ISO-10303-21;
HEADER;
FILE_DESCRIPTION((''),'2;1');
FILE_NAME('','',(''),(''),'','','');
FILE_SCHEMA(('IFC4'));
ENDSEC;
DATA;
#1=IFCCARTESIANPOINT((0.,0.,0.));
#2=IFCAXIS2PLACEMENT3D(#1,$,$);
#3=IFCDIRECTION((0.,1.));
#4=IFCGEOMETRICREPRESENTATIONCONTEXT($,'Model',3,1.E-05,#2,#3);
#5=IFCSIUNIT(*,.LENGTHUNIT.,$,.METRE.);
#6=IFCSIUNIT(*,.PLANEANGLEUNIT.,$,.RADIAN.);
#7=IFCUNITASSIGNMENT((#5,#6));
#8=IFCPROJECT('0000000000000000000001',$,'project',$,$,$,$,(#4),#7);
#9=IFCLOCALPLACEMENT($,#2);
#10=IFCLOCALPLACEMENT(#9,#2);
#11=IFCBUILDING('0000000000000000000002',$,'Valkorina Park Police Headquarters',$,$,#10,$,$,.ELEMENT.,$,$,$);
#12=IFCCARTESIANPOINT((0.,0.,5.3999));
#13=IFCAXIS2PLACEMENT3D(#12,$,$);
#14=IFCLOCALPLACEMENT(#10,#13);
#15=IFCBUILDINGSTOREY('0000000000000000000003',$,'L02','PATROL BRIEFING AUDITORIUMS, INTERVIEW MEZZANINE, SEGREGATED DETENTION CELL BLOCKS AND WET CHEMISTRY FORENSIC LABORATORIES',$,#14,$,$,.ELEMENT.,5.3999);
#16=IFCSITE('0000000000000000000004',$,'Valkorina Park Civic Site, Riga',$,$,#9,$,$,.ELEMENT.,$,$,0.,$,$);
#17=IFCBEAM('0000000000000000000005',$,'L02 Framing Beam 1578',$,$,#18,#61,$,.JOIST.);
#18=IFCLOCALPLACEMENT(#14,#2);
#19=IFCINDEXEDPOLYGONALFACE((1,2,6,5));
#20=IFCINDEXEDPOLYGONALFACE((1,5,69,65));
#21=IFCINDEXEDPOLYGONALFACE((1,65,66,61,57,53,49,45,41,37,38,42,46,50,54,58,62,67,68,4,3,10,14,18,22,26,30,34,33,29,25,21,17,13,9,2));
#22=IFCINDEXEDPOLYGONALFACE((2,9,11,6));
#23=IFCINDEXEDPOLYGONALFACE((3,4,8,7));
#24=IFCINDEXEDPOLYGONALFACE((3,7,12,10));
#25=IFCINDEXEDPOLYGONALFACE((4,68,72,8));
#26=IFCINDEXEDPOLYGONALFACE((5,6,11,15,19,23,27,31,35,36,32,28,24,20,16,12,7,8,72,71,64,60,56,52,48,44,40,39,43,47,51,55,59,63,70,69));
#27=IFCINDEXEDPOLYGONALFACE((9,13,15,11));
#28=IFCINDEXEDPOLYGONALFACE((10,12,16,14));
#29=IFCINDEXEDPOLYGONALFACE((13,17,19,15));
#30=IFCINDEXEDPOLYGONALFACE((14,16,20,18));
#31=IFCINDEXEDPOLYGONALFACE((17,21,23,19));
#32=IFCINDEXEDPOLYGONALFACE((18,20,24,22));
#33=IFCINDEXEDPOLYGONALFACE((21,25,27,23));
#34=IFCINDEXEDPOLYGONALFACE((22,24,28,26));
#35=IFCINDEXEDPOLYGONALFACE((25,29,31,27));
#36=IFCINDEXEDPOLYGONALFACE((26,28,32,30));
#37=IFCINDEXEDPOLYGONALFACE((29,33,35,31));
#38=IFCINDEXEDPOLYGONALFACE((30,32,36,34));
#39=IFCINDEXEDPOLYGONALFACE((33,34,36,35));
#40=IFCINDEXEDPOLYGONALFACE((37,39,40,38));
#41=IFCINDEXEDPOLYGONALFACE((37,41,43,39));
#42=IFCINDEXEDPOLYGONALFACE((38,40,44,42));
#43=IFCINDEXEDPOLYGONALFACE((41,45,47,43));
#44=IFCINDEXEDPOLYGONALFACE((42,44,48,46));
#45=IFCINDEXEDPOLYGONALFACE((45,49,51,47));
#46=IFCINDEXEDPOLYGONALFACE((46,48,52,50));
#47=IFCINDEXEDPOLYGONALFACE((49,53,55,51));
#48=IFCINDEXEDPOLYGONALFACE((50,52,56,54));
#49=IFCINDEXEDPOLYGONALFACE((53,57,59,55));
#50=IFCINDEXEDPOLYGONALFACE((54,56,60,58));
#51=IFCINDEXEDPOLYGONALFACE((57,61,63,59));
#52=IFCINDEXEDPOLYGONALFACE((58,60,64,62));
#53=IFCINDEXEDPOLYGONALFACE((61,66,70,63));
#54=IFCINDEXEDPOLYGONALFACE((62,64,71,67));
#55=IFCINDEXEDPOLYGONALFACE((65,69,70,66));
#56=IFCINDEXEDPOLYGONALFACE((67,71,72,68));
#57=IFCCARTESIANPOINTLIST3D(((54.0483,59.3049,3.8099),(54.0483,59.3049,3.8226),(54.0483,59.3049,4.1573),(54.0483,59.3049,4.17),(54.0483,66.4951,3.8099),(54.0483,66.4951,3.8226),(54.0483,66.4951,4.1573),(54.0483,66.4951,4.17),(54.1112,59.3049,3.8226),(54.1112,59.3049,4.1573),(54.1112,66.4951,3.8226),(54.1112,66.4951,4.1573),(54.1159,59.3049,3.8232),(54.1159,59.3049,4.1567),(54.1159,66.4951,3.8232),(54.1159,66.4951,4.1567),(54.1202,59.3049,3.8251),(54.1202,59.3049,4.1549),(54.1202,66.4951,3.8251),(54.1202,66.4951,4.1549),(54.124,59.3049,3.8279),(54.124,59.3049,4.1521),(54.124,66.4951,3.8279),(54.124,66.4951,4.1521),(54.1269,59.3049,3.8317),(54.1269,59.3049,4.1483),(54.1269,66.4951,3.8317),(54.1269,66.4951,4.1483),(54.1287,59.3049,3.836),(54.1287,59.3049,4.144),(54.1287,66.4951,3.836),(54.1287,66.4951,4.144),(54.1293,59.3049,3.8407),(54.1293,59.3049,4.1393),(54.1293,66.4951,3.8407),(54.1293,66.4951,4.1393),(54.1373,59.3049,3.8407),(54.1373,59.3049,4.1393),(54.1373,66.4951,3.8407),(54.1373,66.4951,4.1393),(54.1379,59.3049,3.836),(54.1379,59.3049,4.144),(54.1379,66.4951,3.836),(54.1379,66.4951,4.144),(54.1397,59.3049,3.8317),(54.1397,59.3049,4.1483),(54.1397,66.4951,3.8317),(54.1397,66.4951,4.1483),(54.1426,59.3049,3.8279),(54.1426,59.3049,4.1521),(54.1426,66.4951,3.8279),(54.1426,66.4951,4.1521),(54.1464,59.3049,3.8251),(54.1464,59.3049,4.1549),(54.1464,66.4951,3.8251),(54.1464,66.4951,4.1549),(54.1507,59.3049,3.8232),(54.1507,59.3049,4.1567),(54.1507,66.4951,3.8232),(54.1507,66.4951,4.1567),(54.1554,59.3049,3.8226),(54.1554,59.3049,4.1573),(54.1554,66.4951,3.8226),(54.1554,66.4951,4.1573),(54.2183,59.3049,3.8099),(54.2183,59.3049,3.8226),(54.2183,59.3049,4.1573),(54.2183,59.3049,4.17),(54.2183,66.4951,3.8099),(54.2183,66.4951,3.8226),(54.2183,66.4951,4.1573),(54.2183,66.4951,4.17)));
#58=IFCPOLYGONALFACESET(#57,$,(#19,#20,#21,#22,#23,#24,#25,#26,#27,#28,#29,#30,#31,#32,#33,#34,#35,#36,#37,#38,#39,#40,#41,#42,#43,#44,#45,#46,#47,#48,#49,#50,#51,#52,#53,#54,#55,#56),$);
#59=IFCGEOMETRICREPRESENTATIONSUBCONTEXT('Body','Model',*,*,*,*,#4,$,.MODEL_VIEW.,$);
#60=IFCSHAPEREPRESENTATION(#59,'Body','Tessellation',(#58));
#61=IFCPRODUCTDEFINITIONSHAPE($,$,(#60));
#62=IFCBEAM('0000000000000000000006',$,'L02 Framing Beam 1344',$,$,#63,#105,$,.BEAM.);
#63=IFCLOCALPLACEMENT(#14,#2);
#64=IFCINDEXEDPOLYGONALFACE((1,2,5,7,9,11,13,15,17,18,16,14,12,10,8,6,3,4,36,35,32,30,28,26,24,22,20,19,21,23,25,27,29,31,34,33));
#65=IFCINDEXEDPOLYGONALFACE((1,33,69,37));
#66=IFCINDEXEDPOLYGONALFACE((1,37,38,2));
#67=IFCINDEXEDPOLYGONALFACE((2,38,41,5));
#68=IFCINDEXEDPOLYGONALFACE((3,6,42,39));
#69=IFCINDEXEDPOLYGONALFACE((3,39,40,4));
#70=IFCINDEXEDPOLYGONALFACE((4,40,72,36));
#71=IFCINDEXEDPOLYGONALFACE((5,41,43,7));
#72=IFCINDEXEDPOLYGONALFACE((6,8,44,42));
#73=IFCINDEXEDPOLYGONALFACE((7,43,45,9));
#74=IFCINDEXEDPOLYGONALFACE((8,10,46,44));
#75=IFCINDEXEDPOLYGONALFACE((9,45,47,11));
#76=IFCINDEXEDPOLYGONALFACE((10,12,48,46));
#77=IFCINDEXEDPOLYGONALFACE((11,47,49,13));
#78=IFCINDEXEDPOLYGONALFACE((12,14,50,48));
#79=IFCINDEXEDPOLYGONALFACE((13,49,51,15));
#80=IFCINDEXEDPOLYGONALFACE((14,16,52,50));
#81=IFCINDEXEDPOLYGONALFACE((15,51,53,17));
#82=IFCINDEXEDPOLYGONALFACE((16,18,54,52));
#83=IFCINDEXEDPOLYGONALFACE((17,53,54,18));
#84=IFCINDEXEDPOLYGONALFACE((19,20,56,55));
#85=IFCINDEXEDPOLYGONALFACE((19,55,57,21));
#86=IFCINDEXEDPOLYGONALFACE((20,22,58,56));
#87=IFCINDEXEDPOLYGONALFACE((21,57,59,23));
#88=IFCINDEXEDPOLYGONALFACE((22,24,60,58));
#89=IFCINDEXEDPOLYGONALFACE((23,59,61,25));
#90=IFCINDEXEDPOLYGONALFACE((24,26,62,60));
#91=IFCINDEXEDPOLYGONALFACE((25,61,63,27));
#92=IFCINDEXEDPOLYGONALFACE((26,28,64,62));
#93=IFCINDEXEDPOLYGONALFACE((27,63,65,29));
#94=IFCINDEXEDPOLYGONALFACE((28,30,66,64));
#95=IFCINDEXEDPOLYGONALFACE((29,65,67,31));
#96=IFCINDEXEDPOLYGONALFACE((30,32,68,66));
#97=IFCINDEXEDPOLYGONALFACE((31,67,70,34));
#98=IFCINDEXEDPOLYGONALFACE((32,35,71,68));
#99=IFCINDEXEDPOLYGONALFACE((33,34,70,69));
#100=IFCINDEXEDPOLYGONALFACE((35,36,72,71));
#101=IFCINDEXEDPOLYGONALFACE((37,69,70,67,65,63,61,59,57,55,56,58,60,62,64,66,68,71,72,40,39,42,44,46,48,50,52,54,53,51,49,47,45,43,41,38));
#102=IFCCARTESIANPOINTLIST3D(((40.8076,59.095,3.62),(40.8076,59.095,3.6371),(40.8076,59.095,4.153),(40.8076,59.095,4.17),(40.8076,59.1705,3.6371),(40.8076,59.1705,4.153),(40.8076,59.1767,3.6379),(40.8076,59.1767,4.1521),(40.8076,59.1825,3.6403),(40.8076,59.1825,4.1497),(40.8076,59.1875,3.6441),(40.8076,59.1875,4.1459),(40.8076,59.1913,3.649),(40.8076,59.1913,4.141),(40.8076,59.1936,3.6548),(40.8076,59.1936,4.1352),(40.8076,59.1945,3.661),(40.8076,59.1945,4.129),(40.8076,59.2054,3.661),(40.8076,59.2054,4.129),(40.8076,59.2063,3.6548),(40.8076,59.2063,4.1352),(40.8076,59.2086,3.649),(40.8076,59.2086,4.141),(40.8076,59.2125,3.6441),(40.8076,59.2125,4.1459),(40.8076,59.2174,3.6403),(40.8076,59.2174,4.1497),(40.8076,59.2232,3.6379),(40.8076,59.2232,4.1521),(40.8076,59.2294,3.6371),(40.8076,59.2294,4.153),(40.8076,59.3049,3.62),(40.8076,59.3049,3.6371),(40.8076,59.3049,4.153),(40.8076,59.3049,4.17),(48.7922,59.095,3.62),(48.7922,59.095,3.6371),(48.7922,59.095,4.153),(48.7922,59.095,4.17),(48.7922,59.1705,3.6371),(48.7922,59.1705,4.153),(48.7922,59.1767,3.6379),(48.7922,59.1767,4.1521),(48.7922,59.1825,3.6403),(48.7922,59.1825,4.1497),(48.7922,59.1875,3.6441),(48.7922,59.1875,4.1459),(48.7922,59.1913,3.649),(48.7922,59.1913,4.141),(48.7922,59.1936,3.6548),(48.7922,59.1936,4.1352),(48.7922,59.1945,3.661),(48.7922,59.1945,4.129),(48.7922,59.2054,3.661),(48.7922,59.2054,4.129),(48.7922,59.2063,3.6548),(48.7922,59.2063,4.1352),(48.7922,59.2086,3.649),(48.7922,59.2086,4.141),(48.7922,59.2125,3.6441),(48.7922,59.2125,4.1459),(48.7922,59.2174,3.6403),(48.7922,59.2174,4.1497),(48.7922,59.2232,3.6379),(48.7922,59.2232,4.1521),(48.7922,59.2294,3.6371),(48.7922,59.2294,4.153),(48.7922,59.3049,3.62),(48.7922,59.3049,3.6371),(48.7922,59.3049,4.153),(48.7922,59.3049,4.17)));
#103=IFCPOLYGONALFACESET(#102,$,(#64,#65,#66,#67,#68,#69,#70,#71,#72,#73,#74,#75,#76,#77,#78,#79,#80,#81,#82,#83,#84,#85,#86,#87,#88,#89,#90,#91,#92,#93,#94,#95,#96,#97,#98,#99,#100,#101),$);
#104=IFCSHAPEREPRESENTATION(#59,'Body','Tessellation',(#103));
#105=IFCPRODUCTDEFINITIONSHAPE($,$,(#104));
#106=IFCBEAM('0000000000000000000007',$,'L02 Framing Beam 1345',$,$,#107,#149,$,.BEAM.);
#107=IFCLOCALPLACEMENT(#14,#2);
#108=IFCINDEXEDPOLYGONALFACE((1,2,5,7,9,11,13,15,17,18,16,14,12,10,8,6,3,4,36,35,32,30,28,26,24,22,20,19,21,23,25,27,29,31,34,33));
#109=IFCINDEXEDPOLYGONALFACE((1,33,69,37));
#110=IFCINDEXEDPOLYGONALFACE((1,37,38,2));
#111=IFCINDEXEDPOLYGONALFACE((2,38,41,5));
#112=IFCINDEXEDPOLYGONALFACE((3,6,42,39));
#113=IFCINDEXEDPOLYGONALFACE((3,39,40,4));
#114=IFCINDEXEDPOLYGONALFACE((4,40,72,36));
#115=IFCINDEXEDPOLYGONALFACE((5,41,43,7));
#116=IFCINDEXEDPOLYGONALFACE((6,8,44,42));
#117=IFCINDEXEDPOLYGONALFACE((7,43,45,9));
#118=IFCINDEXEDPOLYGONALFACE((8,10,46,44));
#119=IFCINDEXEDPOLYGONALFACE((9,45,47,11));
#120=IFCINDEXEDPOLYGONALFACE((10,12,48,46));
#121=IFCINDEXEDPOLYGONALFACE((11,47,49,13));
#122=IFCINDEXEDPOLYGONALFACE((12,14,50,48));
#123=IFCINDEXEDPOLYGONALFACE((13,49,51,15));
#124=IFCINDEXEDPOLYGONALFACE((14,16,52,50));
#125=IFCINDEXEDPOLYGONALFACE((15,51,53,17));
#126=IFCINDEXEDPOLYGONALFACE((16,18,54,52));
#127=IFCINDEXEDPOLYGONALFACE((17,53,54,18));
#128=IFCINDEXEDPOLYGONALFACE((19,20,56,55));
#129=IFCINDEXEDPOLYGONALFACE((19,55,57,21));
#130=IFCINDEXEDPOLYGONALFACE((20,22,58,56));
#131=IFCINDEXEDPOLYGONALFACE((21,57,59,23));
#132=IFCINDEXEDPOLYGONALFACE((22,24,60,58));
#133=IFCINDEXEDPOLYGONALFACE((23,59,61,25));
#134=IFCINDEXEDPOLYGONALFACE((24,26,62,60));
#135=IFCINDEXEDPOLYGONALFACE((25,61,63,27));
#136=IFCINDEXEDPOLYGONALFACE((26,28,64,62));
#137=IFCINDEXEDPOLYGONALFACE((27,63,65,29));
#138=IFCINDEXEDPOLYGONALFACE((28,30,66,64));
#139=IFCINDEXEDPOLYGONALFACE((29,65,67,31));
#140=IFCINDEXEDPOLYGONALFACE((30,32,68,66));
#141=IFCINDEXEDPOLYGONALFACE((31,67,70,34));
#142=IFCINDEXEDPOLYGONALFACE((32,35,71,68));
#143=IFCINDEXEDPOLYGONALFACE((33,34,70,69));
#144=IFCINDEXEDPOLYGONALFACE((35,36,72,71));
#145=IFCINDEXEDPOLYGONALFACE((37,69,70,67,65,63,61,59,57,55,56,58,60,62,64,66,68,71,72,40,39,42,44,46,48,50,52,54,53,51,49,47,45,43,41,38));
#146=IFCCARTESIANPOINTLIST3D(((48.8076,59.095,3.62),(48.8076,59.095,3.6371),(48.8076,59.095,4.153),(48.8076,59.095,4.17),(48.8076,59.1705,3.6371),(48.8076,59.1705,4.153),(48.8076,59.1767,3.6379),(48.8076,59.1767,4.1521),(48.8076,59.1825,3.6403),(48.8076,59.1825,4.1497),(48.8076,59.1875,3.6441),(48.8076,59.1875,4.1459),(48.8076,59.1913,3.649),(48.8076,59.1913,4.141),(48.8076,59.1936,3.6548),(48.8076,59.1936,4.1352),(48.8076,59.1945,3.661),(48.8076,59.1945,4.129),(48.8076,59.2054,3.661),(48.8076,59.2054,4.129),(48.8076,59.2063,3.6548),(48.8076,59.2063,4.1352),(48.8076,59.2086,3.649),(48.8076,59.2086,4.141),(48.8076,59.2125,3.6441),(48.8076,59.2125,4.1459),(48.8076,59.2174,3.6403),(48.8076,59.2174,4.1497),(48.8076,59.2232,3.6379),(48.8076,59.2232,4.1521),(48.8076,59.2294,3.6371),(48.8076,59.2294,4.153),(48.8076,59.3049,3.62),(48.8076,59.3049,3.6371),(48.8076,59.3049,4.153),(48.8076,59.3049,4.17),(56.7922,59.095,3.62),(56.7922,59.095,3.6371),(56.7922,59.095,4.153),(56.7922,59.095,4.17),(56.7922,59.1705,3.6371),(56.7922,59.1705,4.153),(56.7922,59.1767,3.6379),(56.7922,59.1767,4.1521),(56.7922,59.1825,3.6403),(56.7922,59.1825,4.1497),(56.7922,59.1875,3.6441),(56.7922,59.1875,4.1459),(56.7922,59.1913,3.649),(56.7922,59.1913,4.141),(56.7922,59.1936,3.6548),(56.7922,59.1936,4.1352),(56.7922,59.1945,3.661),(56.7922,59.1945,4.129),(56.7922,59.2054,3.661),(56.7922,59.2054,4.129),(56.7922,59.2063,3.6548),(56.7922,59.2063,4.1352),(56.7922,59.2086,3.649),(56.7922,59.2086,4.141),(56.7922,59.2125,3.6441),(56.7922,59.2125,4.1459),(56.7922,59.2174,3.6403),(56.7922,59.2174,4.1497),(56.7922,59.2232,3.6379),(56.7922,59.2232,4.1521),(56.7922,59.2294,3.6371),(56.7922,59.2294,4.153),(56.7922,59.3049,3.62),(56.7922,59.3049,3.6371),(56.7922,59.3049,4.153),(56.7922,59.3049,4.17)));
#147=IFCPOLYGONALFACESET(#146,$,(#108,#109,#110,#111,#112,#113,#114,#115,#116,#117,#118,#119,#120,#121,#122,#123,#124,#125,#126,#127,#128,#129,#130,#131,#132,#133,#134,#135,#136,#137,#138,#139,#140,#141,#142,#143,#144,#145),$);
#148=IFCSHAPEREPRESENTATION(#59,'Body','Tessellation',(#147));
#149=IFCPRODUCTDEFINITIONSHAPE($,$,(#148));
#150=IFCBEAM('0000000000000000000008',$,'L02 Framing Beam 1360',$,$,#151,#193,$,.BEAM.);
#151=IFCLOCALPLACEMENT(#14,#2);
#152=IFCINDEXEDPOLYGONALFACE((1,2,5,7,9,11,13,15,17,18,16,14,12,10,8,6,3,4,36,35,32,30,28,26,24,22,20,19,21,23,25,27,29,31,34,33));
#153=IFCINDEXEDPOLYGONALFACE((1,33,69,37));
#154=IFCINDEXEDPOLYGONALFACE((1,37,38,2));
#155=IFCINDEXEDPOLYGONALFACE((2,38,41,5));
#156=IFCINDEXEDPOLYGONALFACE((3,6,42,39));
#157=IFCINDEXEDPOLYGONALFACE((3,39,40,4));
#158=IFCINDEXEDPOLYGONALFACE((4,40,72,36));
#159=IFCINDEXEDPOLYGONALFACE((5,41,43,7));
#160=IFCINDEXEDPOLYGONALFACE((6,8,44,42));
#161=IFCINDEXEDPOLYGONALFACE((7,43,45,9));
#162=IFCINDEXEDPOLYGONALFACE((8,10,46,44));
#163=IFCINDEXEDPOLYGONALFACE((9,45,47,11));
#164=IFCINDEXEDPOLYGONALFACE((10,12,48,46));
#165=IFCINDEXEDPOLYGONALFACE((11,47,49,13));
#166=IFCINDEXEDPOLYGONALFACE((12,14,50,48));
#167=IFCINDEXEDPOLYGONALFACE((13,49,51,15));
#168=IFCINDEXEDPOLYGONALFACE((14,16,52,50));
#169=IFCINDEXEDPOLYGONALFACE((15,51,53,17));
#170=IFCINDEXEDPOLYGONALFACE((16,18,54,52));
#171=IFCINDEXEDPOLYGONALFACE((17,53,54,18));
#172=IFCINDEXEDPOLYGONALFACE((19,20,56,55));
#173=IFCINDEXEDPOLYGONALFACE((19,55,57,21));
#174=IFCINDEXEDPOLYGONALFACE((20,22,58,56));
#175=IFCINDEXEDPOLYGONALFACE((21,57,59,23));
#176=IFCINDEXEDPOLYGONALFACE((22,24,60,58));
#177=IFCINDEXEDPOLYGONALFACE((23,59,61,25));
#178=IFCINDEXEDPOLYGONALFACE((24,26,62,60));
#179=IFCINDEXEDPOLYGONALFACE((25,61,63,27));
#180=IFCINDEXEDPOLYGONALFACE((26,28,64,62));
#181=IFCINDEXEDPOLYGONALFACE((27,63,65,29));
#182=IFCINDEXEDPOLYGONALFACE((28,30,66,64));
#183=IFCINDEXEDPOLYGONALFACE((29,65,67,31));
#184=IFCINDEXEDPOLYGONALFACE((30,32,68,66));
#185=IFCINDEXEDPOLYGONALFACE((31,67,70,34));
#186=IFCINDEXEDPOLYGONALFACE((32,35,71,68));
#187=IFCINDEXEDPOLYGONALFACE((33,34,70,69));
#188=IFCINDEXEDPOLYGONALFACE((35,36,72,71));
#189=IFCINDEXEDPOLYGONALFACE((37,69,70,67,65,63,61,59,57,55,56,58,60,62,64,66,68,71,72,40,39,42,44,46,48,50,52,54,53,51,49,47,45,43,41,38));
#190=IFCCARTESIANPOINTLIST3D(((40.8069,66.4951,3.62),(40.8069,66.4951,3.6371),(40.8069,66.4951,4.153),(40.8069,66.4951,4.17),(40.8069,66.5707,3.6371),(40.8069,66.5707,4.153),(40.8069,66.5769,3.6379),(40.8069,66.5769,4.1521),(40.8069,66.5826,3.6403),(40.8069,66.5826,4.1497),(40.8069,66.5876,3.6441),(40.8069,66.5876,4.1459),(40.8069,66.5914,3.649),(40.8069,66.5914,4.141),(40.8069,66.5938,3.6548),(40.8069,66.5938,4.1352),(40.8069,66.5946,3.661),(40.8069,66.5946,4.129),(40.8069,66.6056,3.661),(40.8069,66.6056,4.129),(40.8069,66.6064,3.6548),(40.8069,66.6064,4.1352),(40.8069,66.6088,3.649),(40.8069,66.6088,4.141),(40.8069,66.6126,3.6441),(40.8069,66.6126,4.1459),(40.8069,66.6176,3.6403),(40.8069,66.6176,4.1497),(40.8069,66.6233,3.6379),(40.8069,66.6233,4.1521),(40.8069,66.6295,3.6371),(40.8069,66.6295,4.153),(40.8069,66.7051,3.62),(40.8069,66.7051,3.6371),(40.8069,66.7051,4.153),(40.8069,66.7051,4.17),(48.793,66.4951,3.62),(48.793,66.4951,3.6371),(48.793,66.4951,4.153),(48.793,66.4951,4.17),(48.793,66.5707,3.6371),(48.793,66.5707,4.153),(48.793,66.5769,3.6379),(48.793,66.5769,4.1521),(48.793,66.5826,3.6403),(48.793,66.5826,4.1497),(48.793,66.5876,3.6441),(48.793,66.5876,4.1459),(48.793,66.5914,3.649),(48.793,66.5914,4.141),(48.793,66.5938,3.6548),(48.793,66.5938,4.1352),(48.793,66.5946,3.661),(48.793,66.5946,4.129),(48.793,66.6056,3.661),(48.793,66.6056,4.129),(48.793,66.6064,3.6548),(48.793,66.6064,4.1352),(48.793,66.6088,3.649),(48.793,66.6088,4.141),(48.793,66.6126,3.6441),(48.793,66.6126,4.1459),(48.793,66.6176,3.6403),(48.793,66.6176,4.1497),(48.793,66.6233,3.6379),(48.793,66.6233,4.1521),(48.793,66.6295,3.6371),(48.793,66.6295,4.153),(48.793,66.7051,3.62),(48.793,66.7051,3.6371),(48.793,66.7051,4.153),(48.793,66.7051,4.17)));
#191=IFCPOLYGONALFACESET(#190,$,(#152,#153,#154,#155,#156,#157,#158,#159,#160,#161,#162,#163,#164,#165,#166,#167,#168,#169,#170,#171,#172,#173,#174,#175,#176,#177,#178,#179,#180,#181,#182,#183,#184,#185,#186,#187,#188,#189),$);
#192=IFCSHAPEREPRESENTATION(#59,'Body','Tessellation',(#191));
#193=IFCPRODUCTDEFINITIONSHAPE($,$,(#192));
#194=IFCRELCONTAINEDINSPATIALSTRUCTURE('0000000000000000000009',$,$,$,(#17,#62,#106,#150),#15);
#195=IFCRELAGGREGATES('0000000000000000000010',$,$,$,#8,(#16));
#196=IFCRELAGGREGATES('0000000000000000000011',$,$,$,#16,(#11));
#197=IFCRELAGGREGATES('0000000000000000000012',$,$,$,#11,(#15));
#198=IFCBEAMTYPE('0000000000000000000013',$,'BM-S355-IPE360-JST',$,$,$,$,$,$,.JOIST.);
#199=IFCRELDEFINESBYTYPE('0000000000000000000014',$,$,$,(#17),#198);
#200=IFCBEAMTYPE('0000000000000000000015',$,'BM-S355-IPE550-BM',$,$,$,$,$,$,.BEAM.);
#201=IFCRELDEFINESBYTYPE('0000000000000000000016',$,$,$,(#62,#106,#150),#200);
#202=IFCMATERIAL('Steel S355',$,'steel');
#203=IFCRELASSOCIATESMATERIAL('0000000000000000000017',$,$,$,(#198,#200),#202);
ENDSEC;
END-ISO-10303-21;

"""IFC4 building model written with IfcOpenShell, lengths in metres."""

from ifc_helpers import new_model, si_unit, direction, frame, origin, origin_2d, place, context, subcontext, project, spatial, i_section, extrude, material, material_profile, profile_set, type_object, element, save


model = new_model("IFC4")

# Units and contexts
model_context = context("Model", 3, precision=1e-05, world=origin(), true_north=direction((0.0, 1.0)))
body_context = subcontext(model_context, "Body", "Model", "MODEL_VIEW")
ifc_project = project(units=[si_unit("LENGTHUNIT", "METRE"), si_unit("PLANEANGLEUNIT", "RADIAN")], contexts=[model_context])

# Site, building, storey
site_placement = place(None, origin())
site = spatial("IfcSite", under=ifc_project, at=site_placement, Name="Valkorina Park Civic Site, Riga", CompositionType="ELEMENT", RefElevation=0.0)
building_placement = place(site_placement, origin())
building = spatial("IfcBuilding", under=site, at=building_placement, Name="Valkorina Park Police Headquarters", CompositionType="ELEMENT")
storey_placement = place(building_placement, frame((0.0, 0.0, 5.3999)))
storey = spatial("IfcBuildingStorey", under=building, at=storey_placement, Name="L02", Description="PATROL BRIEFING AUDITORIUMS, INTERVIEW MEZZANINE, SEGREGATED DETENTION CELL BLOCKS AND WET CHEMISTRY FORENSIC LABORATORIES", CompositionType="ELEMENT", Elevation=5.3999)

# Shared definitions
ifc_material_1 = material(Name="Steel S355", Category="steel")

# Beams
ifc_material_profile_1 = material_profile(ifc_material_1, i_section(OverallWidth=0.1699, OverallDepth=0.3601, WebThickness=0.0081, FlangeThickness=0.0127, FilletRadius=0.0181, at=origin_2d()), Name="IPE 360")
ifc_profile_set_1 = profile_set([ifc_material_profile_1], Name="Steel S355")
beam_type_1 = type_object("IfcBeamType", Name="BM-S355-IPE360-JST", PredefinedType="JOIST", material=ifc_profile_set_1)
for number, where, z_axis, x_axis, name in (
    (1, (54.1333, 59.3049, 3.99), (0.0, 1.0, 0.0), (-1.0, 0.0, 0.0), "L02 Framing Beam 1578"),
):
    element("IfcBeam", number, at=place(storey_placement, frame(where, z_axis=z_axis, x_axis=x_axis)), inside=storey, type_object=beam_type_1, Name=name, PredefinedType="JOIST", context=body_context, shape_type="SweptSolid", body=[
        extrude(i_section(OverallWidth=0.1699, OverallDepth=0.3601, WebThickness=0.0081, FlangeThickness=0.0127, FilletRadius=0.0181, at=origin_2d()), origin(), (0.0, 0.0, 1.0), 7.1902),
    ])
ifc_material_profile_2 = material_profile(ifc_material_1, i_section(OverallWidth=0.21, OverallDepth=0.55, WebThickness=0.011, FlangeThickness=0.0171, FilletRadius=0.0239, at=origin_2d()), Name="IPE 550")
ifc_profile_set_2 = profile_set([ifc_material_profile_2], Name="Steel S355")
beam_type_2 = type_object("IfcBeamType", Name="BM-S355-IPE550-BM", PredefinedType="BEAM", material=ifc_profile_set_2)
for number, where, z_axis, x_axis, name in (
    (2, (40.8076, 59.2, 3.895), (1.0, 0.0, 0.0), (0.0, 1.0, 0.0), "L02 Framing Beam 1344"),
    (3, (48.8076, 59.2, 3.895), (1.0, 0.0, 0.0), (0.0, 1.0, 0.0), "L02 Framing Beam 1345"),
):
    element("IfcBeam", number, at=place(storey_placement, frame(where, z_axis=z_axis, x_axis=x_axis)), inside=storey, type_object=beam_type_2, Name=name, PredefinedType="BEAM", context=body_context, shape_type="SweptSolid", body=[
        extrude(i_section(OverallWidth=0.21, OverallDepth=0.55, WebThickness=0.011, FlangeThickness=0.0171, FilletRadius=0.0239, at=origin_2d()), origin(), (0.0, 0.0, 1.0), 7.9846),
    ])
for number, where, z_axis, x_axis, name in (
    (4, (40.8069, 66.6001, 3.895), (1.0, 0.0, 0.0), (0.0, 1.0, 0.0), "L02 Framing Beam 1360"),
):
    element("IfcBeam", number, at=place(storey_placement, frame(where, z_axis=z_axis, x_axis=x_axis)), inside=storey, type_object=beam_type_2, Name=name, PredefinedType="BEAM", context=body_context, shape_type="SweptSolid", body=[
        extrude(i_section(OverallWidth=0.21, OverallDepth=0.55, WebThickness=0.011, FlangeThickness=0.0171, FilletRadius=0.0239, at=origin_2d()), origin(), (0.0, 0.0, 1.0), 7.9861),
    ])

save(model, "model.ifc")
